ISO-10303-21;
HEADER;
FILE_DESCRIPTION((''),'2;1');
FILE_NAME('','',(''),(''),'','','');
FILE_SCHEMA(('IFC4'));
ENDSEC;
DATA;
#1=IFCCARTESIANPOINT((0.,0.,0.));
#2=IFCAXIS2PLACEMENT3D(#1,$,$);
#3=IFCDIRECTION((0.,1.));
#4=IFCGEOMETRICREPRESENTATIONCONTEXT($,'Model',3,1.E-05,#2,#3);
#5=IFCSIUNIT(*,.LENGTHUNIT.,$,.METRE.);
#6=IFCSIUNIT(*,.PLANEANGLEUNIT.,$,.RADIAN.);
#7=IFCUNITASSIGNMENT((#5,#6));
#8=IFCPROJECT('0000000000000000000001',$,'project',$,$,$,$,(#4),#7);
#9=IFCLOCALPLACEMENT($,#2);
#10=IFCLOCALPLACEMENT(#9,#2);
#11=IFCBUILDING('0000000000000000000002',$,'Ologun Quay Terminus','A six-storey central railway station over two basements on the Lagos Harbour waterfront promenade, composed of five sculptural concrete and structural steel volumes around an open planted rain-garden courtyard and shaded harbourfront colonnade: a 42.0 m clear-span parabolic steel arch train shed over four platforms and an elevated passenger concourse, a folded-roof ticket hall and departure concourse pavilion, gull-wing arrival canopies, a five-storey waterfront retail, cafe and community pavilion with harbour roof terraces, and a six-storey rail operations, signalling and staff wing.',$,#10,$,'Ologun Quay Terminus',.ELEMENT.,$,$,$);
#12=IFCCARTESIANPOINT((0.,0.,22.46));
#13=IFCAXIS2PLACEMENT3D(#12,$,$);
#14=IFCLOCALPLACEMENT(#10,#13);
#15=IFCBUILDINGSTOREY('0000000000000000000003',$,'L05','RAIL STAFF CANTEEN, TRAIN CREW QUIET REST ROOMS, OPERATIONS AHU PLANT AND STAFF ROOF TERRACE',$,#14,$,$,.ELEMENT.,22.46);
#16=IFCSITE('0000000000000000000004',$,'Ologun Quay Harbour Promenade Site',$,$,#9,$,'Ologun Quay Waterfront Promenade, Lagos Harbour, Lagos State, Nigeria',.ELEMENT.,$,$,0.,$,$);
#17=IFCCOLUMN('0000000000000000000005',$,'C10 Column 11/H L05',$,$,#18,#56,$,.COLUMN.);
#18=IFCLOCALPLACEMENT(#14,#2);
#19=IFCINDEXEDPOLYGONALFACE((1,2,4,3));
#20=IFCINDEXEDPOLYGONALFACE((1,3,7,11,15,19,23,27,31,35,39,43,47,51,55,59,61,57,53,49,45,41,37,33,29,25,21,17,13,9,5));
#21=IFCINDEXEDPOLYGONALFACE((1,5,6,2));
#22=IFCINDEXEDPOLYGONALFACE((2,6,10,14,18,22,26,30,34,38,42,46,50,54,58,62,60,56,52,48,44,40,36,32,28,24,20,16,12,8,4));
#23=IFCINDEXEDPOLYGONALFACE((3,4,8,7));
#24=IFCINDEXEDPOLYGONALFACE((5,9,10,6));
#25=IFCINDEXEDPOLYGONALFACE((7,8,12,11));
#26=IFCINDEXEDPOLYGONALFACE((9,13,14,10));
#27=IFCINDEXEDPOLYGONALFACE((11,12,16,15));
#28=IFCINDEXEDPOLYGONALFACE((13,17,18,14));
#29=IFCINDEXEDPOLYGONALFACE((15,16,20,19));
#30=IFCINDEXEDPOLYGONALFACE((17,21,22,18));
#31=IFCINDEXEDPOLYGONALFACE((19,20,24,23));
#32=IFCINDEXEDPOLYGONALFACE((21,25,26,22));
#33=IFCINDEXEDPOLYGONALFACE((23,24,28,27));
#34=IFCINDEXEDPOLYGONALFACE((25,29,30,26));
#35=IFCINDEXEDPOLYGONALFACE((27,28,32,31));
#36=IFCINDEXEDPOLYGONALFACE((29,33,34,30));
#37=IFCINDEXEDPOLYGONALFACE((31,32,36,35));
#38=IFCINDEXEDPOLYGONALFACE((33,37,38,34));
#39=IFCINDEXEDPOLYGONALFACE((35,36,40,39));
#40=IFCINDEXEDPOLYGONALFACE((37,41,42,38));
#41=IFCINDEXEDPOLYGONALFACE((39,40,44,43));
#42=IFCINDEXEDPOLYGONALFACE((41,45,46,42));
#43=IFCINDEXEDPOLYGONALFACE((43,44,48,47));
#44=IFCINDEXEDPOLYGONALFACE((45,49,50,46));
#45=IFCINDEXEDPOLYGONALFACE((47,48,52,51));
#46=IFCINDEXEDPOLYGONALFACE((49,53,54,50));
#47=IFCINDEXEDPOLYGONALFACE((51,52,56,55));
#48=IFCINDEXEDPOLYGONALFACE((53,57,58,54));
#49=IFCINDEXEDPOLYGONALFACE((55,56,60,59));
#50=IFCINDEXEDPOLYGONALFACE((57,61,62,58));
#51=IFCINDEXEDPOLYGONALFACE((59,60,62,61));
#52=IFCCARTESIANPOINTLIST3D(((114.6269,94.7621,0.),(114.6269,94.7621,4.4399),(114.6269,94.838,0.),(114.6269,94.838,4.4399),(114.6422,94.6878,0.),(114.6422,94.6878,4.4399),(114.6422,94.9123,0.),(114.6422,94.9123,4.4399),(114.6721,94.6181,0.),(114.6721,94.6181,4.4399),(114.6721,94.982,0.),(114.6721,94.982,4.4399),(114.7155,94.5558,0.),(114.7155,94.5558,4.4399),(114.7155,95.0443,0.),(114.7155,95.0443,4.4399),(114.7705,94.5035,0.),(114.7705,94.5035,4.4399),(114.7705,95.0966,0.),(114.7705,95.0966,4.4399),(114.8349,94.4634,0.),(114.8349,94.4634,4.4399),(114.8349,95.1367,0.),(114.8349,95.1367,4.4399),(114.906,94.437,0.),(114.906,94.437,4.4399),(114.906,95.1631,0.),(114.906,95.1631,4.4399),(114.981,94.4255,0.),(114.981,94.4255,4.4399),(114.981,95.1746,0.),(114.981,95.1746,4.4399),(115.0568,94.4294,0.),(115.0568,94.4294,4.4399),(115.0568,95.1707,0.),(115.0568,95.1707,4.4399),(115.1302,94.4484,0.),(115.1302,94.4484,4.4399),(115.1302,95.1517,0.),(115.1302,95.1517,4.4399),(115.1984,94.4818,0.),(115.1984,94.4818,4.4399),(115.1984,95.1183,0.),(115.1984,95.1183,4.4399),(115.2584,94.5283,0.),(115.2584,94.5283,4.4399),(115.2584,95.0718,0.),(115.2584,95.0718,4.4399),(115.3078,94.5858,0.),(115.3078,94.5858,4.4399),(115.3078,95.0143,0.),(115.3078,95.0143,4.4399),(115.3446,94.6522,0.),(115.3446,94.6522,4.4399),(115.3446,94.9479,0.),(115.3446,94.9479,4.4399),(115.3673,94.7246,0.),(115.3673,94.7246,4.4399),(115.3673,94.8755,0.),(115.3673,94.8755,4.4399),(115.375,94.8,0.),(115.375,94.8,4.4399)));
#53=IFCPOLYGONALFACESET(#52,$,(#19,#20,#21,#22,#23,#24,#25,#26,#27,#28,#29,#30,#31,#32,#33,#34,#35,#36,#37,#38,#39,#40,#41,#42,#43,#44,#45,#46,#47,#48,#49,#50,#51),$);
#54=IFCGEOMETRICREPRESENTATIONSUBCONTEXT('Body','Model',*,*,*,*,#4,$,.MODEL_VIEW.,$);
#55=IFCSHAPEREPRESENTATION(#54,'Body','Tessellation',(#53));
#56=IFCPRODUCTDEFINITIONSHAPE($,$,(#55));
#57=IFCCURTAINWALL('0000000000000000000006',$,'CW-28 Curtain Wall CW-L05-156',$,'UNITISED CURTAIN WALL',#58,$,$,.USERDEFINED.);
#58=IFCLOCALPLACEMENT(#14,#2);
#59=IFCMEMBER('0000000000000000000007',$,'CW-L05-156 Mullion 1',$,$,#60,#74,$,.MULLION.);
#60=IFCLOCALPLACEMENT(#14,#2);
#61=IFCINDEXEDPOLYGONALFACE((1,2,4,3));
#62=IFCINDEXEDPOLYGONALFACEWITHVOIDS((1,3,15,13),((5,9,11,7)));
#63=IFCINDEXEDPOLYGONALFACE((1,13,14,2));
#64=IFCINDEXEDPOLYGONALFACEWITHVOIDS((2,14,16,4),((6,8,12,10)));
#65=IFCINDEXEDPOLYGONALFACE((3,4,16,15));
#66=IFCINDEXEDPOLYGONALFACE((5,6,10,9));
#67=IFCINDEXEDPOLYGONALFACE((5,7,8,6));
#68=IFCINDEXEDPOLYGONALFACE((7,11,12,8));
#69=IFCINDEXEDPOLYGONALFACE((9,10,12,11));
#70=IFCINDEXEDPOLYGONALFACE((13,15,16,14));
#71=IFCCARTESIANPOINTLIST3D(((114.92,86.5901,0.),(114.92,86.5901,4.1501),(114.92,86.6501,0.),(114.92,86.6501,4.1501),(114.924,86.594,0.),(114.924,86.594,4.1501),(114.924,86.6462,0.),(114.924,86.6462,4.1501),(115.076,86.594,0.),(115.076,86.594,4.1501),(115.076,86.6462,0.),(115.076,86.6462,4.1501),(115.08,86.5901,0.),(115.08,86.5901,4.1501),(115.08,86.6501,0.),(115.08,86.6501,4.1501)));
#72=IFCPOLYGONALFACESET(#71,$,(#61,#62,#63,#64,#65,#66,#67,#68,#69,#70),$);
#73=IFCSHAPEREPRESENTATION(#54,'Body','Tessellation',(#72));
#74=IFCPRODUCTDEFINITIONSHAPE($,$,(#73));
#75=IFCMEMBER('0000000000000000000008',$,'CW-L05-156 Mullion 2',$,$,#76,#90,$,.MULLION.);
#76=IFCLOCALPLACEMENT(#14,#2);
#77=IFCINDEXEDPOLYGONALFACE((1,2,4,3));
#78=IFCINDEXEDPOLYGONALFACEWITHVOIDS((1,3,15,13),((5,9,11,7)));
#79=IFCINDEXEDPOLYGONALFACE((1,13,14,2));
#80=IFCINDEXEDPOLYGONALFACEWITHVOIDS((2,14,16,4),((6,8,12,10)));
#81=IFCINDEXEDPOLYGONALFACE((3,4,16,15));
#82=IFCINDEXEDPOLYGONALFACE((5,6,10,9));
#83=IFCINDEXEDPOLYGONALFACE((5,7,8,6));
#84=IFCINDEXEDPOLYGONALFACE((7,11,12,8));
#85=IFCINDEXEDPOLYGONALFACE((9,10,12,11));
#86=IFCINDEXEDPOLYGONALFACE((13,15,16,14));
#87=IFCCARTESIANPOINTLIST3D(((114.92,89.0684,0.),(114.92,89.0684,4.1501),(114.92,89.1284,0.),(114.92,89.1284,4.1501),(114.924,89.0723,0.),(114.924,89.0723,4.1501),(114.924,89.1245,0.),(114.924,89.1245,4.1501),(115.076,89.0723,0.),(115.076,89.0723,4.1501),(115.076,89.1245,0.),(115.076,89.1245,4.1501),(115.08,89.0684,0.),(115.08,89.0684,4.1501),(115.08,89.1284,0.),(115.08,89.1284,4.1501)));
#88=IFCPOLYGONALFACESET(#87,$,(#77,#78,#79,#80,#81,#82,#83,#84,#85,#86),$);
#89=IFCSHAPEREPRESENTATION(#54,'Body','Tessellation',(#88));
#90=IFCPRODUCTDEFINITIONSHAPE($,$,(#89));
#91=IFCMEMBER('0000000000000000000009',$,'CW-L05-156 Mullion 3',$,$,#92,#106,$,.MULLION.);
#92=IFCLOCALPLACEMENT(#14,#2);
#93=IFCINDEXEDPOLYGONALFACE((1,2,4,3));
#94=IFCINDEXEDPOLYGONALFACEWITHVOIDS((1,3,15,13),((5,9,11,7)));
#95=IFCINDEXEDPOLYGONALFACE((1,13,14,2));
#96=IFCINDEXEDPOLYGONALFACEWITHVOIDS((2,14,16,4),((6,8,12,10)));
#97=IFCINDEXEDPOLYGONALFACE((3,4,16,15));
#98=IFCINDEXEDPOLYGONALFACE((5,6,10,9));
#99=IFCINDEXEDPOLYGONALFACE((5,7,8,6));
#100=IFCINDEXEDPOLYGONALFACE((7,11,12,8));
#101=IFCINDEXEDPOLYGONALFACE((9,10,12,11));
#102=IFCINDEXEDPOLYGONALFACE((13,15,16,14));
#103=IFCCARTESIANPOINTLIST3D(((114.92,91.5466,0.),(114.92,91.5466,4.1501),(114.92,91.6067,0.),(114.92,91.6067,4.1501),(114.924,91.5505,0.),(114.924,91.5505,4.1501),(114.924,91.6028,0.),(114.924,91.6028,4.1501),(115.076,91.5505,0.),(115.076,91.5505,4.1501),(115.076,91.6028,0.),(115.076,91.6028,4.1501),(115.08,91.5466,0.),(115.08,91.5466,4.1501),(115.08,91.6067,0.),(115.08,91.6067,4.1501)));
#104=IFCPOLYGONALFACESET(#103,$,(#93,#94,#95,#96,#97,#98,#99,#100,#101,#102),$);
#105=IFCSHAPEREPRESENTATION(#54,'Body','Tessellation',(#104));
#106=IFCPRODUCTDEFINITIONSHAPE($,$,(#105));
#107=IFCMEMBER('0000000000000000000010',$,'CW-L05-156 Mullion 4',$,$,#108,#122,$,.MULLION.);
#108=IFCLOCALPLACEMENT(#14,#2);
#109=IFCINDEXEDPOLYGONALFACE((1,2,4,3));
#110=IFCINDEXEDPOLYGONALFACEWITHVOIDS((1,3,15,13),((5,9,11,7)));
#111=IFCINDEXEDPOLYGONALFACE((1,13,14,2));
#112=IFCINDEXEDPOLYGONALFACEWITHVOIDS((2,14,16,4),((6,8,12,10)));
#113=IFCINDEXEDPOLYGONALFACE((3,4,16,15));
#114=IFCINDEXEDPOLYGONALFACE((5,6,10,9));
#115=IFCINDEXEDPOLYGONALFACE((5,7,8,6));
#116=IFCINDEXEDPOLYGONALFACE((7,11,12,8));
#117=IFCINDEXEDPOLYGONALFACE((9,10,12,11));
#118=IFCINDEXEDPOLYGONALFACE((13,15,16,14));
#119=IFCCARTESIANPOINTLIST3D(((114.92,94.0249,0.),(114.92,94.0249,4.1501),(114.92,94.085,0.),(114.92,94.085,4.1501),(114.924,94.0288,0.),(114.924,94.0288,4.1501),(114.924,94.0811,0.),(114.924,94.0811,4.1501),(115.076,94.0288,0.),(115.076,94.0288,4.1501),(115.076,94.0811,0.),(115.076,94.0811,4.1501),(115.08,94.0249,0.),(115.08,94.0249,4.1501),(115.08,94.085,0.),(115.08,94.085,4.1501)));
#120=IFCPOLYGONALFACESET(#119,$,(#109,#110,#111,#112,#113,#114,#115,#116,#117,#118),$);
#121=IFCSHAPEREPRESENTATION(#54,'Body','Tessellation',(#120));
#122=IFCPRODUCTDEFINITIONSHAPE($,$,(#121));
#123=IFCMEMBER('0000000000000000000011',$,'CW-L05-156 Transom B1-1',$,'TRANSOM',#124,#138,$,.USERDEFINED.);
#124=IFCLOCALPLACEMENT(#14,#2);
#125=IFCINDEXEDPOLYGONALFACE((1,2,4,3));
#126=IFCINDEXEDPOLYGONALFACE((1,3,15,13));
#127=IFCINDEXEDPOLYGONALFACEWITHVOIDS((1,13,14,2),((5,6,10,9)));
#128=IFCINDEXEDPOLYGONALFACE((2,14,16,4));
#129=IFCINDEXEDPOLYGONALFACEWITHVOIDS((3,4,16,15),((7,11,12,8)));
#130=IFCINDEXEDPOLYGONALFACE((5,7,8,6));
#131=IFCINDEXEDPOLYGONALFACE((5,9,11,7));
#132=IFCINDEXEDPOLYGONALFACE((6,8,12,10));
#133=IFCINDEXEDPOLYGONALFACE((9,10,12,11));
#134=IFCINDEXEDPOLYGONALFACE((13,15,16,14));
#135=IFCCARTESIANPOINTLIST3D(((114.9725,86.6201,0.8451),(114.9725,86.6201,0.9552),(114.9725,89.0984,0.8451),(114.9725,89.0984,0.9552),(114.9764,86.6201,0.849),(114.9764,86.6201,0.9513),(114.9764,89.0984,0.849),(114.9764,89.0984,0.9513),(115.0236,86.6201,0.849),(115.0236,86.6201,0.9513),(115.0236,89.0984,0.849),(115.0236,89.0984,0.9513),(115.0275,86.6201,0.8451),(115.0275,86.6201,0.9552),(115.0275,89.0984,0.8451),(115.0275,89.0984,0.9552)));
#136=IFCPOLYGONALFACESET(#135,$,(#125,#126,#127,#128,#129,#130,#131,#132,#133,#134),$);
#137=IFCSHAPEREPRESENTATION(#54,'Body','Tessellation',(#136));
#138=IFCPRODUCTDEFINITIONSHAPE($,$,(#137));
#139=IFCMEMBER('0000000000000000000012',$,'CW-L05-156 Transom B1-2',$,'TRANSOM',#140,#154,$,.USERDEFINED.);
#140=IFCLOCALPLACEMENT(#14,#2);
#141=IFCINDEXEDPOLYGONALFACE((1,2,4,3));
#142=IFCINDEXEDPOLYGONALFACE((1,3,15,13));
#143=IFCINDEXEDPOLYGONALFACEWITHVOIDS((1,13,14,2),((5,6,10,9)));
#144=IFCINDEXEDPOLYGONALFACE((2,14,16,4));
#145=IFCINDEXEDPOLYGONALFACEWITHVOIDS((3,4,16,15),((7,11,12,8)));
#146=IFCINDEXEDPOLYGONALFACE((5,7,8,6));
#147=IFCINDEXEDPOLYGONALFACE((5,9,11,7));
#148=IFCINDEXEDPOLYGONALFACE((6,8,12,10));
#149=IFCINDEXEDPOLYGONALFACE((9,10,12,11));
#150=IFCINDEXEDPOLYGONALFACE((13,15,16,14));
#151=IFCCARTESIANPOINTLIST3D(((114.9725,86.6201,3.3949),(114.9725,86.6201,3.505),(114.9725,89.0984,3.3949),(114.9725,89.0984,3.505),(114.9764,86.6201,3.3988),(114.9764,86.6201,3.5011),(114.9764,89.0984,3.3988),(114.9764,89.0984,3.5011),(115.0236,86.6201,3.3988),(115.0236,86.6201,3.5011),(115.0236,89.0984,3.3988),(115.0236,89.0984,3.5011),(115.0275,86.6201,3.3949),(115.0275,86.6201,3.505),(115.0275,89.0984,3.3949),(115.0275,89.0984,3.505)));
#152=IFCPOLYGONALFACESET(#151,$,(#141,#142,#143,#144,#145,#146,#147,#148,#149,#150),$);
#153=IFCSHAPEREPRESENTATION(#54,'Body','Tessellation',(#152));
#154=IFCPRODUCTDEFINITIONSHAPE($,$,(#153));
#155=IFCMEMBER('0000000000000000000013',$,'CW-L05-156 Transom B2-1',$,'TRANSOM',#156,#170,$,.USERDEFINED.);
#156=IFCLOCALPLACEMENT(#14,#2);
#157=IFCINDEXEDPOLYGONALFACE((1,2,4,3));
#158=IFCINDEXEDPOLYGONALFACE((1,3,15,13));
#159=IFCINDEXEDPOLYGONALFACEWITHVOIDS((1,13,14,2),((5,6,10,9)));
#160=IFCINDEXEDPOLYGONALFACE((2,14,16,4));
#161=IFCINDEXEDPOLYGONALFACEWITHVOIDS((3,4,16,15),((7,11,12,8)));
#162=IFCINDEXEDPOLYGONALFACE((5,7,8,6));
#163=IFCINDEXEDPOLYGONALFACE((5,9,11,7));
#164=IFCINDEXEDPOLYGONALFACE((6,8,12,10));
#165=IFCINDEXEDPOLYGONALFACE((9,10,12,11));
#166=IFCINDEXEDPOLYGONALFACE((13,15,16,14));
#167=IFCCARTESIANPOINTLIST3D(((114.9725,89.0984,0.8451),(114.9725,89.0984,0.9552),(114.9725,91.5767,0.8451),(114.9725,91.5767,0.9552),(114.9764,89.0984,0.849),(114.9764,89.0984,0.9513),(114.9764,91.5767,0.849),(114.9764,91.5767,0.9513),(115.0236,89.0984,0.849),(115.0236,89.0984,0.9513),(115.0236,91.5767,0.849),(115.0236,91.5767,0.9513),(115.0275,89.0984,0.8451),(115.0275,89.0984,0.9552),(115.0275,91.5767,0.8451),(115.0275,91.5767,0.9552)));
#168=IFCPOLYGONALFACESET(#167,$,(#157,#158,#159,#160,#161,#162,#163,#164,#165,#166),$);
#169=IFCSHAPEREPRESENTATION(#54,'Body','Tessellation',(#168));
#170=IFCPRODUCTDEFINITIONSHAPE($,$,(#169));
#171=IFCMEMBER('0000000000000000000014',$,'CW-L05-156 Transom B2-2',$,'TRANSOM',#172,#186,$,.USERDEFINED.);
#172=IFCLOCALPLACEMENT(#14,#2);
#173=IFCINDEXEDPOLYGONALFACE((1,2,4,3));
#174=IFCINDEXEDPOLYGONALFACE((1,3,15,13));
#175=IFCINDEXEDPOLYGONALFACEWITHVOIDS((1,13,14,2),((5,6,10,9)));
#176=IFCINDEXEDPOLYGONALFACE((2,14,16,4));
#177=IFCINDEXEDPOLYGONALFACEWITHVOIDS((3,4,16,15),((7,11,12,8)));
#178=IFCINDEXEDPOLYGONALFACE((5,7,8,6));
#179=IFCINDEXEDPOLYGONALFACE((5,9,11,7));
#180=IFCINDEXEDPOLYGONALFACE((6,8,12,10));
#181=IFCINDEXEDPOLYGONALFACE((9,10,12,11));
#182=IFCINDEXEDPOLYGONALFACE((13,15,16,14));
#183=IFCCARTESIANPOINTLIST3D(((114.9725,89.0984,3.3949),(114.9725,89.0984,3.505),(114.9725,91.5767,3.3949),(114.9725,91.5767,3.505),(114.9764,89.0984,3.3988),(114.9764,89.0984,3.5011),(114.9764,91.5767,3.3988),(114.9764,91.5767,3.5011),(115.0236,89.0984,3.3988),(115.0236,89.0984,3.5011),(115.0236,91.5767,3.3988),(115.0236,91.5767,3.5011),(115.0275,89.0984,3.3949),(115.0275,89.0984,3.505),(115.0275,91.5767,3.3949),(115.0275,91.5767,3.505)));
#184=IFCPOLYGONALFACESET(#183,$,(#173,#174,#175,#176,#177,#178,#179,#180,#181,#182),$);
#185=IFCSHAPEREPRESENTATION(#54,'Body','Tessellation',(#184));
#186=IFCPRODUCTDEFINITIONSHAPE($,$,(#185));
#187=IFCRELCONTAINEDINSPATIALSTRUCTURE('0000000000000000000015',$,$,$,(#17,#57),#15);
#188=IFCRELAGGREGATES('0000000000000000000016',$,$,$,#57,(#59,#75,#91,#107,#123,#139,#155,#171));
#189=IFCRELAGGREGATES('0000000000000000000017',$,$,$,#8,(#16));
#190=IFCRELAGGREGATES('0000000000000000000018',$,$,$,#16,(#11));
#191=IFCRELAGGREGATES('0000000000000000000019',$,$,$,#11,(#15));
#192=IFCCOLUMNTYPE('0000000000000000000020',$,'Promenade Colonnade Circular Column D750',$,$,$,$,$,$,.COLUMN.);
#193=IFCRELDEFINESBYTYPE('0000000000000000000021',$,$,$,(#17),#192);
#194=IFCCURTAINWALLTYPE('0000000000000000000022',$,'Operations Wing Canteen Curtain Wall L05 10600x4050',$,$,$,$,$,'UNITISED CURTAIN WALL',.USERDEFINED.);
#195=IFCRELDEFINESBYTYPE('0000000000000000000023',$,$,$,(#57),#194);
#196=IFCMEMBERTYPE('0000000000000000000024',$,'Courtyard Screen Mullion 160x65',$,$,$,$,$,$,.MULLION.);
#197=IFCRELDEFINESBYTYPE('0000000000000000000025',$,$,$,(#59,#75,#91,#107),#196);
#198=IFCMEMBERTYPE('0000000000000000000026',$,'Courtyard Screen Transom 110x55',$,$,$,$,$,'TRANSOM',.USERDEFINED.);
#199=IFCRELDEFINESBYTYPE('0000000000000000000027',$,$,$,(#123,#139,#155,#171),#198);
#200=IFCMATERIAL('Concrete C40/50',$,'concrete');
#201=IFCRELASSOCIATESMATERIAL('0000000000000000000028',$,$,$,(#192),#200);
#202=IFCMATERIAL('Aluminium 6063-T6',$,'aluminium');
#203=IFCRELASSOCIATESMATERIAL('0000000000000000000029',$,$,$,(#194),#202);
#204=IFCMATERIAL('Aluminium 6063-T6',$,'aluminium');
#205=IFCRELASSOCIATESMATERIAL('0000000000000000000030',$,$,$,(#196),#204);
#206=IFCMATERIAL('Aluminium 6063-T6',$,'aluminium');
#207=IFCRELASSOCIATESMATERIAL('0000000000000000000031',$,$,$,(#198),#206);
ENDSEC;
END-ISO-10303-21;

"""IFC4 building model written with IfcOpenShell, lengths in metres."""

from ifc_helpers import new_model, si_unit, direction, frame, origin, origin_2d, place, context, subcontext, project, spatial, hollow_rectangle, circle, extrude, material, material_profile, profile_set, type_object, element, aggregate, save


model = new_model("IFC4")

# Units and contexts
model_context = context("Model", 3, precision=1e-05, world=origin(), true_north=direction((0.0, 1.0)))
body_context = subcontext(model_context, "Body", "Model", "MODEL_VIEW")
ifc_project = project(units=[si_unit("LENGTHUNIT", "METRE"), si_unit("PLANEANGLEUNIT", "RADIAN")], contexts=[model_context])

# Site, building, storey
site_placement = place(None, origin())
site = spatial("IfcSite", under=ifc_project, at=site_placement, Name="Ologun Quay Harbour Promenade Site", LongName="Ologun Quay Waterfront Promenade, Lagos Harbour, Lagos State, Nigeria", CompositionType="ELEMENT", RefElevation=0.0)
building_placement = place(site_placement, origin())
building = spatial("IfcBuilding", under=site, at=building_placement, Name="Ologun Quay Terminus", Description="A six-storey central railway station over two basements on the Lagos Harbour waterfront promenade, composed of five sculptural concrete and structural steel volumes around an open planted rain-garden courtyard and shaded harbourfront colonnade: a 42.0 m clear-span parabolic steel arch train shed over four platforms and an elevated passenger concourse, a folded-roof ticket hall and departure concourse pavilion, gull-wing arrival canopies, a five-storey waterfront retail, cafe and community pavilion with harbour roof terraces, and a six-storey rail operations, signalling and staff wing.", LongName="Ologun Quay Terminus", CompositionType="ELEMENT")
storey_placement = place(building_placement, frame((0.0, 0.0, 22.46)))
storey = spatial("IfcBuildingStorey", under=building, at=storey_placement, Name="L05", Description="RAIL STAFF CANTEEN, TRAIN CREW QUIET REST ROOMS, OPERATIONS AHU PLANT AND STAFF ROOF TERRACE", CompositionType="ELEMENT", Elevation=22.46)

# Column
ifc_material_1 = material(Name="Concrete C40/50", Category="concrete")
ifc_material_profile_1 = material_profile(ifc_material_1, circle(Radius=0.375, at=origin_2d()), Name="RC D750")
ifc_profile_set_1 = profile_set([ifc_material_profile_1], Name="Concrete C40/50")
column_type = type_object("IfcColumnType", Name="Promenade Colonnade Circular Column D750", PredefinedType="COLUMN", material=ifc_profile_set_1)
column_placement = place(storey_placement, frame((115.0, 94.8, 0.0), z_axis=(0.0, 0.0, 1.0), x_axis=(1.0, 0.0, 0.0)))
element("IfcColumn", 1, at=column_placement, inside=storey, type_object=column_type, Name="C10 Column 11/H L05", PredefinedType="COLUMN", context=body_context, shape_type="SweptSolid", body=[
    extrude(circle(Radius=0.375, at=origin_2d()), origin(), (0.0, 0.0, 1.0), 4.4399),
])

# Curtain wall, members
ifc_material_2 = material(Name="Aluminium 6063-T6", Category="aluminium")
curtain_wall_type = type_object("IfcCurtainWallType", Name="Operations Wing Canteen Curtain Wall L05 10600x4050", ElementType="UNITISED CURTAIN WALL", PredefinedType="USERDEFINED", material=ifc_material_2)
curtain_wall_placement = place(storey_placement, origin())
curtain_wall = element("IfcCurtainWall", 2, at=curtain_wall_placement, inside=storey, type_object=curtain_wall_type, Name="CW-28 Curtain Wall CW-L05-156", ObjectType="UNITISED CURTAIN WALL", PredefinedType="USERDEFINED")
ifc_material_3 = material(Name="Aluminium 6063-T6", Category="aluminium")
ifc_material_profile_2 = material_profile(ifc_material_3, hollow_rectangle(XDim=0.0601, YDim=0.1599, WallThickness=0.0039, at=origin_2d()), Name="ALU 160x60x4")
ifc_profile_set_2 = profile_set([ifc_material_profile_2], Name="Aluminium 6063-T6")
member_type_1 = type_object("IfcMemberType", Name="Courtyard Screen Mullion 160x65", PredefinedType="MULLION", material=ifc_profile_set_2)
member_1_placement = place(storey_placement, frame((115.0, 86.6201, 0.0), z_axis=(0.0, 0.0, 1.0), x_axis=(0.0, 1.0, 0.0)))
member_1 = element("IfcMember", 3, at=member_1_placement, type_object=member_type_1, Name="CW-L05-156 Mullion 1", PredefinedType="MULLION", context=body_context, shape_type="SweptSolid", body=[
    extrude(hollow_rectangle(XDim=0.0601, YDim=0.1599, WallThickness=0.0039, at=origin_2d()), origin(), (0.0, 0.0, 1.0), 4.1501),
])
member_2_placement = place(storey_placement, frame((115.0, 89.0984, 0.0), z_axis=(0.0, 0.0, 1.0), x_axis=(0.0, 1.0, 0.0)))
member_2 = element("IfcMember", 4, at=member_2_placement, type_object=member_type_1, Name="CW-L05-156 Mullion 2", PredefinedType="MULLION", context=body_context, shape_type="SweptSolid", body=[
    extrude(hollow_rectangle(XDim=0.0601, YDim=0.1599, WallThickness=0.0039, at=origin_2d()), origin(), (0.0, 0.0, 1.0), 4.1501),
])
member_3_placement = place(storey_placement, frame((115.0, 91.5767, 0.0), z_axis=(0.0, 0.0, 1.0), x_axis=(0.0, 1.0, 0.0)))
member_3 = element("IfcMember", 5, at=member_3_placement, type_object=member_type_1, Name="CW-L05-156 Mullion 3", PredefinedType="MULLION", context=body_context, shape_type="SweptSolid", body=[
    extrude(hollow_rectangle(XDim=0.0601, YDim=0.1599, WallThickness=0.0039, at=origin_2d()), origin(), (0.0, 0.0, 1.0), 4.1501),
])
member_4_placement = place(storey_placement, frame((115.0, 94.0549, 0.0), z_axis=(0.0, 0.0, 1.0), x_axis=(0.0, 1.0, 0.0)))
member_4 = element("IfcMember", 6, at=member_4_placement, type_object=member_type_1, Name="CW-L05-156 Mullion 4", PredefinedType="MULLION", context=body_context, shape_type="SweptSolid", body=[
    extrude(hollow_rectangle(XDim=0.0601, YDim=0.1599, WallThickness=0.0039, at=origin_2d()), origin(), (0.0, 0.0, 1.0), 4.1501),
])
ifc_material_4 = material(Name="Aluminium 6063-T6", Category="aluminium")
ifc_material_profile_3 = material_profile(ifc_material_4, hollow_rectangle(XDim=0.0549, YDim=0.1101, WallThickness=0.0039, at=origin_2d()), Name="ALU 110x55x4")
ifc_profile_set_3 = profile_set([ifc_material_profile_3], Name="Aluminium 6063-T6")
member_type_2 = type_object("IfcMemberType", Name="Courtyard Screen Transom 110x55", ElementType="TRANSOM", PredefinedType="USERDEFINED", material=ifc_profile_set_3)
member_5_placement = place(storey_placement, frame((115.0, 86.6201, 0.9001), z_axis=(0.0, 1.0, 0.0), x_axis=(-1.0, 0.0, 0.0)))
member_5 = element("IfcMember", 7, at=member_5_placement, type_object=member_type_2, Name="CW-L05-156 Transom B1-1", ObjectType="TRANSOM", PredefinedType="USERDEFINED", context=body_context, shape_type="SweptSolid", body=[
    extrude(hollow_rectangle(XDim=0.0549, YDim=0.1101, WallThickness=0.0039, at=origin_2d()), origin(), (0.0, 0.0, 1.0), 2.4783),
])
member_6_placement = place(storey_placement, frame((115.0, 86.6201, 3.45), z_axis=(0.0, 1.0, 0.0), x_axis=(-1.0, 0.0, 0.0)))
member_6 = element("IfcMember", 8, at=member_6_placement, type_object=member_type_2, Name="CW-L05-156 Transom B1-2", ObjectType="TRANSOM", PredefinedType="USERDEFINED", context=body_context, shape_type="SweptSolid", body=[
    extrude(hollow_rectangle(XDim=0.0549, YDim=0.1101, WallThickness=0.0039, at=origin_2d()), origin(), (0.0, 0.0, 1.0), 2.4783),
])
member_7_placement = place(storey_placement, frame((115.0, 89.0984, 0.9001), z_axis=(0.0, 1.0, 0.0), x_axis=(-1.0, 0.0, 0.0)))
member_7 = element("IfcMember", 9, at=member_7_placement, type_object=member_type_2, Name="CW-L05-156 Transom B2-1", ObjectType="TRANSOM", PredefinedType="USERDEFINED", context=body_context, shape_type="SweptSolid", body=[
    extrude(hollow_rectangle(XDim=0.0549, YDim=0.1101, WallThickness=0.0039, at=origin_2d()), origin(), (0.0, 0.0, 1.0), 2.4783),
])
member_8_placement = place(storey_placement, frame((115.0, 89.0984, 3.45), z_axis=(0.0, 1.0, 0.0), x_axis=(-1.0, 0.0, 0.0)))
member_8 = element("IfcMember", 10, at=member_8_placement, type_object=member_type_2, Name="CW-L05-156 Transom B2-2", ObjectType="TRANSOM", PredefinedType="USERDEFINED", context=body_context, shape_type="SweptSolid", body=[
    extrude(hollow_rectangle(XDim=0.0549, YDim=0.1101, WallThickness=0.0039, at=origin_2d()), origin(), (0.0, 0.0, 1.0), 2.4783),
])

aggregate(curtain_wall, [member_1, member_2, member_3, member_4, member_5, member_6, member_7, member_8])

save(model, "model.ifc")
